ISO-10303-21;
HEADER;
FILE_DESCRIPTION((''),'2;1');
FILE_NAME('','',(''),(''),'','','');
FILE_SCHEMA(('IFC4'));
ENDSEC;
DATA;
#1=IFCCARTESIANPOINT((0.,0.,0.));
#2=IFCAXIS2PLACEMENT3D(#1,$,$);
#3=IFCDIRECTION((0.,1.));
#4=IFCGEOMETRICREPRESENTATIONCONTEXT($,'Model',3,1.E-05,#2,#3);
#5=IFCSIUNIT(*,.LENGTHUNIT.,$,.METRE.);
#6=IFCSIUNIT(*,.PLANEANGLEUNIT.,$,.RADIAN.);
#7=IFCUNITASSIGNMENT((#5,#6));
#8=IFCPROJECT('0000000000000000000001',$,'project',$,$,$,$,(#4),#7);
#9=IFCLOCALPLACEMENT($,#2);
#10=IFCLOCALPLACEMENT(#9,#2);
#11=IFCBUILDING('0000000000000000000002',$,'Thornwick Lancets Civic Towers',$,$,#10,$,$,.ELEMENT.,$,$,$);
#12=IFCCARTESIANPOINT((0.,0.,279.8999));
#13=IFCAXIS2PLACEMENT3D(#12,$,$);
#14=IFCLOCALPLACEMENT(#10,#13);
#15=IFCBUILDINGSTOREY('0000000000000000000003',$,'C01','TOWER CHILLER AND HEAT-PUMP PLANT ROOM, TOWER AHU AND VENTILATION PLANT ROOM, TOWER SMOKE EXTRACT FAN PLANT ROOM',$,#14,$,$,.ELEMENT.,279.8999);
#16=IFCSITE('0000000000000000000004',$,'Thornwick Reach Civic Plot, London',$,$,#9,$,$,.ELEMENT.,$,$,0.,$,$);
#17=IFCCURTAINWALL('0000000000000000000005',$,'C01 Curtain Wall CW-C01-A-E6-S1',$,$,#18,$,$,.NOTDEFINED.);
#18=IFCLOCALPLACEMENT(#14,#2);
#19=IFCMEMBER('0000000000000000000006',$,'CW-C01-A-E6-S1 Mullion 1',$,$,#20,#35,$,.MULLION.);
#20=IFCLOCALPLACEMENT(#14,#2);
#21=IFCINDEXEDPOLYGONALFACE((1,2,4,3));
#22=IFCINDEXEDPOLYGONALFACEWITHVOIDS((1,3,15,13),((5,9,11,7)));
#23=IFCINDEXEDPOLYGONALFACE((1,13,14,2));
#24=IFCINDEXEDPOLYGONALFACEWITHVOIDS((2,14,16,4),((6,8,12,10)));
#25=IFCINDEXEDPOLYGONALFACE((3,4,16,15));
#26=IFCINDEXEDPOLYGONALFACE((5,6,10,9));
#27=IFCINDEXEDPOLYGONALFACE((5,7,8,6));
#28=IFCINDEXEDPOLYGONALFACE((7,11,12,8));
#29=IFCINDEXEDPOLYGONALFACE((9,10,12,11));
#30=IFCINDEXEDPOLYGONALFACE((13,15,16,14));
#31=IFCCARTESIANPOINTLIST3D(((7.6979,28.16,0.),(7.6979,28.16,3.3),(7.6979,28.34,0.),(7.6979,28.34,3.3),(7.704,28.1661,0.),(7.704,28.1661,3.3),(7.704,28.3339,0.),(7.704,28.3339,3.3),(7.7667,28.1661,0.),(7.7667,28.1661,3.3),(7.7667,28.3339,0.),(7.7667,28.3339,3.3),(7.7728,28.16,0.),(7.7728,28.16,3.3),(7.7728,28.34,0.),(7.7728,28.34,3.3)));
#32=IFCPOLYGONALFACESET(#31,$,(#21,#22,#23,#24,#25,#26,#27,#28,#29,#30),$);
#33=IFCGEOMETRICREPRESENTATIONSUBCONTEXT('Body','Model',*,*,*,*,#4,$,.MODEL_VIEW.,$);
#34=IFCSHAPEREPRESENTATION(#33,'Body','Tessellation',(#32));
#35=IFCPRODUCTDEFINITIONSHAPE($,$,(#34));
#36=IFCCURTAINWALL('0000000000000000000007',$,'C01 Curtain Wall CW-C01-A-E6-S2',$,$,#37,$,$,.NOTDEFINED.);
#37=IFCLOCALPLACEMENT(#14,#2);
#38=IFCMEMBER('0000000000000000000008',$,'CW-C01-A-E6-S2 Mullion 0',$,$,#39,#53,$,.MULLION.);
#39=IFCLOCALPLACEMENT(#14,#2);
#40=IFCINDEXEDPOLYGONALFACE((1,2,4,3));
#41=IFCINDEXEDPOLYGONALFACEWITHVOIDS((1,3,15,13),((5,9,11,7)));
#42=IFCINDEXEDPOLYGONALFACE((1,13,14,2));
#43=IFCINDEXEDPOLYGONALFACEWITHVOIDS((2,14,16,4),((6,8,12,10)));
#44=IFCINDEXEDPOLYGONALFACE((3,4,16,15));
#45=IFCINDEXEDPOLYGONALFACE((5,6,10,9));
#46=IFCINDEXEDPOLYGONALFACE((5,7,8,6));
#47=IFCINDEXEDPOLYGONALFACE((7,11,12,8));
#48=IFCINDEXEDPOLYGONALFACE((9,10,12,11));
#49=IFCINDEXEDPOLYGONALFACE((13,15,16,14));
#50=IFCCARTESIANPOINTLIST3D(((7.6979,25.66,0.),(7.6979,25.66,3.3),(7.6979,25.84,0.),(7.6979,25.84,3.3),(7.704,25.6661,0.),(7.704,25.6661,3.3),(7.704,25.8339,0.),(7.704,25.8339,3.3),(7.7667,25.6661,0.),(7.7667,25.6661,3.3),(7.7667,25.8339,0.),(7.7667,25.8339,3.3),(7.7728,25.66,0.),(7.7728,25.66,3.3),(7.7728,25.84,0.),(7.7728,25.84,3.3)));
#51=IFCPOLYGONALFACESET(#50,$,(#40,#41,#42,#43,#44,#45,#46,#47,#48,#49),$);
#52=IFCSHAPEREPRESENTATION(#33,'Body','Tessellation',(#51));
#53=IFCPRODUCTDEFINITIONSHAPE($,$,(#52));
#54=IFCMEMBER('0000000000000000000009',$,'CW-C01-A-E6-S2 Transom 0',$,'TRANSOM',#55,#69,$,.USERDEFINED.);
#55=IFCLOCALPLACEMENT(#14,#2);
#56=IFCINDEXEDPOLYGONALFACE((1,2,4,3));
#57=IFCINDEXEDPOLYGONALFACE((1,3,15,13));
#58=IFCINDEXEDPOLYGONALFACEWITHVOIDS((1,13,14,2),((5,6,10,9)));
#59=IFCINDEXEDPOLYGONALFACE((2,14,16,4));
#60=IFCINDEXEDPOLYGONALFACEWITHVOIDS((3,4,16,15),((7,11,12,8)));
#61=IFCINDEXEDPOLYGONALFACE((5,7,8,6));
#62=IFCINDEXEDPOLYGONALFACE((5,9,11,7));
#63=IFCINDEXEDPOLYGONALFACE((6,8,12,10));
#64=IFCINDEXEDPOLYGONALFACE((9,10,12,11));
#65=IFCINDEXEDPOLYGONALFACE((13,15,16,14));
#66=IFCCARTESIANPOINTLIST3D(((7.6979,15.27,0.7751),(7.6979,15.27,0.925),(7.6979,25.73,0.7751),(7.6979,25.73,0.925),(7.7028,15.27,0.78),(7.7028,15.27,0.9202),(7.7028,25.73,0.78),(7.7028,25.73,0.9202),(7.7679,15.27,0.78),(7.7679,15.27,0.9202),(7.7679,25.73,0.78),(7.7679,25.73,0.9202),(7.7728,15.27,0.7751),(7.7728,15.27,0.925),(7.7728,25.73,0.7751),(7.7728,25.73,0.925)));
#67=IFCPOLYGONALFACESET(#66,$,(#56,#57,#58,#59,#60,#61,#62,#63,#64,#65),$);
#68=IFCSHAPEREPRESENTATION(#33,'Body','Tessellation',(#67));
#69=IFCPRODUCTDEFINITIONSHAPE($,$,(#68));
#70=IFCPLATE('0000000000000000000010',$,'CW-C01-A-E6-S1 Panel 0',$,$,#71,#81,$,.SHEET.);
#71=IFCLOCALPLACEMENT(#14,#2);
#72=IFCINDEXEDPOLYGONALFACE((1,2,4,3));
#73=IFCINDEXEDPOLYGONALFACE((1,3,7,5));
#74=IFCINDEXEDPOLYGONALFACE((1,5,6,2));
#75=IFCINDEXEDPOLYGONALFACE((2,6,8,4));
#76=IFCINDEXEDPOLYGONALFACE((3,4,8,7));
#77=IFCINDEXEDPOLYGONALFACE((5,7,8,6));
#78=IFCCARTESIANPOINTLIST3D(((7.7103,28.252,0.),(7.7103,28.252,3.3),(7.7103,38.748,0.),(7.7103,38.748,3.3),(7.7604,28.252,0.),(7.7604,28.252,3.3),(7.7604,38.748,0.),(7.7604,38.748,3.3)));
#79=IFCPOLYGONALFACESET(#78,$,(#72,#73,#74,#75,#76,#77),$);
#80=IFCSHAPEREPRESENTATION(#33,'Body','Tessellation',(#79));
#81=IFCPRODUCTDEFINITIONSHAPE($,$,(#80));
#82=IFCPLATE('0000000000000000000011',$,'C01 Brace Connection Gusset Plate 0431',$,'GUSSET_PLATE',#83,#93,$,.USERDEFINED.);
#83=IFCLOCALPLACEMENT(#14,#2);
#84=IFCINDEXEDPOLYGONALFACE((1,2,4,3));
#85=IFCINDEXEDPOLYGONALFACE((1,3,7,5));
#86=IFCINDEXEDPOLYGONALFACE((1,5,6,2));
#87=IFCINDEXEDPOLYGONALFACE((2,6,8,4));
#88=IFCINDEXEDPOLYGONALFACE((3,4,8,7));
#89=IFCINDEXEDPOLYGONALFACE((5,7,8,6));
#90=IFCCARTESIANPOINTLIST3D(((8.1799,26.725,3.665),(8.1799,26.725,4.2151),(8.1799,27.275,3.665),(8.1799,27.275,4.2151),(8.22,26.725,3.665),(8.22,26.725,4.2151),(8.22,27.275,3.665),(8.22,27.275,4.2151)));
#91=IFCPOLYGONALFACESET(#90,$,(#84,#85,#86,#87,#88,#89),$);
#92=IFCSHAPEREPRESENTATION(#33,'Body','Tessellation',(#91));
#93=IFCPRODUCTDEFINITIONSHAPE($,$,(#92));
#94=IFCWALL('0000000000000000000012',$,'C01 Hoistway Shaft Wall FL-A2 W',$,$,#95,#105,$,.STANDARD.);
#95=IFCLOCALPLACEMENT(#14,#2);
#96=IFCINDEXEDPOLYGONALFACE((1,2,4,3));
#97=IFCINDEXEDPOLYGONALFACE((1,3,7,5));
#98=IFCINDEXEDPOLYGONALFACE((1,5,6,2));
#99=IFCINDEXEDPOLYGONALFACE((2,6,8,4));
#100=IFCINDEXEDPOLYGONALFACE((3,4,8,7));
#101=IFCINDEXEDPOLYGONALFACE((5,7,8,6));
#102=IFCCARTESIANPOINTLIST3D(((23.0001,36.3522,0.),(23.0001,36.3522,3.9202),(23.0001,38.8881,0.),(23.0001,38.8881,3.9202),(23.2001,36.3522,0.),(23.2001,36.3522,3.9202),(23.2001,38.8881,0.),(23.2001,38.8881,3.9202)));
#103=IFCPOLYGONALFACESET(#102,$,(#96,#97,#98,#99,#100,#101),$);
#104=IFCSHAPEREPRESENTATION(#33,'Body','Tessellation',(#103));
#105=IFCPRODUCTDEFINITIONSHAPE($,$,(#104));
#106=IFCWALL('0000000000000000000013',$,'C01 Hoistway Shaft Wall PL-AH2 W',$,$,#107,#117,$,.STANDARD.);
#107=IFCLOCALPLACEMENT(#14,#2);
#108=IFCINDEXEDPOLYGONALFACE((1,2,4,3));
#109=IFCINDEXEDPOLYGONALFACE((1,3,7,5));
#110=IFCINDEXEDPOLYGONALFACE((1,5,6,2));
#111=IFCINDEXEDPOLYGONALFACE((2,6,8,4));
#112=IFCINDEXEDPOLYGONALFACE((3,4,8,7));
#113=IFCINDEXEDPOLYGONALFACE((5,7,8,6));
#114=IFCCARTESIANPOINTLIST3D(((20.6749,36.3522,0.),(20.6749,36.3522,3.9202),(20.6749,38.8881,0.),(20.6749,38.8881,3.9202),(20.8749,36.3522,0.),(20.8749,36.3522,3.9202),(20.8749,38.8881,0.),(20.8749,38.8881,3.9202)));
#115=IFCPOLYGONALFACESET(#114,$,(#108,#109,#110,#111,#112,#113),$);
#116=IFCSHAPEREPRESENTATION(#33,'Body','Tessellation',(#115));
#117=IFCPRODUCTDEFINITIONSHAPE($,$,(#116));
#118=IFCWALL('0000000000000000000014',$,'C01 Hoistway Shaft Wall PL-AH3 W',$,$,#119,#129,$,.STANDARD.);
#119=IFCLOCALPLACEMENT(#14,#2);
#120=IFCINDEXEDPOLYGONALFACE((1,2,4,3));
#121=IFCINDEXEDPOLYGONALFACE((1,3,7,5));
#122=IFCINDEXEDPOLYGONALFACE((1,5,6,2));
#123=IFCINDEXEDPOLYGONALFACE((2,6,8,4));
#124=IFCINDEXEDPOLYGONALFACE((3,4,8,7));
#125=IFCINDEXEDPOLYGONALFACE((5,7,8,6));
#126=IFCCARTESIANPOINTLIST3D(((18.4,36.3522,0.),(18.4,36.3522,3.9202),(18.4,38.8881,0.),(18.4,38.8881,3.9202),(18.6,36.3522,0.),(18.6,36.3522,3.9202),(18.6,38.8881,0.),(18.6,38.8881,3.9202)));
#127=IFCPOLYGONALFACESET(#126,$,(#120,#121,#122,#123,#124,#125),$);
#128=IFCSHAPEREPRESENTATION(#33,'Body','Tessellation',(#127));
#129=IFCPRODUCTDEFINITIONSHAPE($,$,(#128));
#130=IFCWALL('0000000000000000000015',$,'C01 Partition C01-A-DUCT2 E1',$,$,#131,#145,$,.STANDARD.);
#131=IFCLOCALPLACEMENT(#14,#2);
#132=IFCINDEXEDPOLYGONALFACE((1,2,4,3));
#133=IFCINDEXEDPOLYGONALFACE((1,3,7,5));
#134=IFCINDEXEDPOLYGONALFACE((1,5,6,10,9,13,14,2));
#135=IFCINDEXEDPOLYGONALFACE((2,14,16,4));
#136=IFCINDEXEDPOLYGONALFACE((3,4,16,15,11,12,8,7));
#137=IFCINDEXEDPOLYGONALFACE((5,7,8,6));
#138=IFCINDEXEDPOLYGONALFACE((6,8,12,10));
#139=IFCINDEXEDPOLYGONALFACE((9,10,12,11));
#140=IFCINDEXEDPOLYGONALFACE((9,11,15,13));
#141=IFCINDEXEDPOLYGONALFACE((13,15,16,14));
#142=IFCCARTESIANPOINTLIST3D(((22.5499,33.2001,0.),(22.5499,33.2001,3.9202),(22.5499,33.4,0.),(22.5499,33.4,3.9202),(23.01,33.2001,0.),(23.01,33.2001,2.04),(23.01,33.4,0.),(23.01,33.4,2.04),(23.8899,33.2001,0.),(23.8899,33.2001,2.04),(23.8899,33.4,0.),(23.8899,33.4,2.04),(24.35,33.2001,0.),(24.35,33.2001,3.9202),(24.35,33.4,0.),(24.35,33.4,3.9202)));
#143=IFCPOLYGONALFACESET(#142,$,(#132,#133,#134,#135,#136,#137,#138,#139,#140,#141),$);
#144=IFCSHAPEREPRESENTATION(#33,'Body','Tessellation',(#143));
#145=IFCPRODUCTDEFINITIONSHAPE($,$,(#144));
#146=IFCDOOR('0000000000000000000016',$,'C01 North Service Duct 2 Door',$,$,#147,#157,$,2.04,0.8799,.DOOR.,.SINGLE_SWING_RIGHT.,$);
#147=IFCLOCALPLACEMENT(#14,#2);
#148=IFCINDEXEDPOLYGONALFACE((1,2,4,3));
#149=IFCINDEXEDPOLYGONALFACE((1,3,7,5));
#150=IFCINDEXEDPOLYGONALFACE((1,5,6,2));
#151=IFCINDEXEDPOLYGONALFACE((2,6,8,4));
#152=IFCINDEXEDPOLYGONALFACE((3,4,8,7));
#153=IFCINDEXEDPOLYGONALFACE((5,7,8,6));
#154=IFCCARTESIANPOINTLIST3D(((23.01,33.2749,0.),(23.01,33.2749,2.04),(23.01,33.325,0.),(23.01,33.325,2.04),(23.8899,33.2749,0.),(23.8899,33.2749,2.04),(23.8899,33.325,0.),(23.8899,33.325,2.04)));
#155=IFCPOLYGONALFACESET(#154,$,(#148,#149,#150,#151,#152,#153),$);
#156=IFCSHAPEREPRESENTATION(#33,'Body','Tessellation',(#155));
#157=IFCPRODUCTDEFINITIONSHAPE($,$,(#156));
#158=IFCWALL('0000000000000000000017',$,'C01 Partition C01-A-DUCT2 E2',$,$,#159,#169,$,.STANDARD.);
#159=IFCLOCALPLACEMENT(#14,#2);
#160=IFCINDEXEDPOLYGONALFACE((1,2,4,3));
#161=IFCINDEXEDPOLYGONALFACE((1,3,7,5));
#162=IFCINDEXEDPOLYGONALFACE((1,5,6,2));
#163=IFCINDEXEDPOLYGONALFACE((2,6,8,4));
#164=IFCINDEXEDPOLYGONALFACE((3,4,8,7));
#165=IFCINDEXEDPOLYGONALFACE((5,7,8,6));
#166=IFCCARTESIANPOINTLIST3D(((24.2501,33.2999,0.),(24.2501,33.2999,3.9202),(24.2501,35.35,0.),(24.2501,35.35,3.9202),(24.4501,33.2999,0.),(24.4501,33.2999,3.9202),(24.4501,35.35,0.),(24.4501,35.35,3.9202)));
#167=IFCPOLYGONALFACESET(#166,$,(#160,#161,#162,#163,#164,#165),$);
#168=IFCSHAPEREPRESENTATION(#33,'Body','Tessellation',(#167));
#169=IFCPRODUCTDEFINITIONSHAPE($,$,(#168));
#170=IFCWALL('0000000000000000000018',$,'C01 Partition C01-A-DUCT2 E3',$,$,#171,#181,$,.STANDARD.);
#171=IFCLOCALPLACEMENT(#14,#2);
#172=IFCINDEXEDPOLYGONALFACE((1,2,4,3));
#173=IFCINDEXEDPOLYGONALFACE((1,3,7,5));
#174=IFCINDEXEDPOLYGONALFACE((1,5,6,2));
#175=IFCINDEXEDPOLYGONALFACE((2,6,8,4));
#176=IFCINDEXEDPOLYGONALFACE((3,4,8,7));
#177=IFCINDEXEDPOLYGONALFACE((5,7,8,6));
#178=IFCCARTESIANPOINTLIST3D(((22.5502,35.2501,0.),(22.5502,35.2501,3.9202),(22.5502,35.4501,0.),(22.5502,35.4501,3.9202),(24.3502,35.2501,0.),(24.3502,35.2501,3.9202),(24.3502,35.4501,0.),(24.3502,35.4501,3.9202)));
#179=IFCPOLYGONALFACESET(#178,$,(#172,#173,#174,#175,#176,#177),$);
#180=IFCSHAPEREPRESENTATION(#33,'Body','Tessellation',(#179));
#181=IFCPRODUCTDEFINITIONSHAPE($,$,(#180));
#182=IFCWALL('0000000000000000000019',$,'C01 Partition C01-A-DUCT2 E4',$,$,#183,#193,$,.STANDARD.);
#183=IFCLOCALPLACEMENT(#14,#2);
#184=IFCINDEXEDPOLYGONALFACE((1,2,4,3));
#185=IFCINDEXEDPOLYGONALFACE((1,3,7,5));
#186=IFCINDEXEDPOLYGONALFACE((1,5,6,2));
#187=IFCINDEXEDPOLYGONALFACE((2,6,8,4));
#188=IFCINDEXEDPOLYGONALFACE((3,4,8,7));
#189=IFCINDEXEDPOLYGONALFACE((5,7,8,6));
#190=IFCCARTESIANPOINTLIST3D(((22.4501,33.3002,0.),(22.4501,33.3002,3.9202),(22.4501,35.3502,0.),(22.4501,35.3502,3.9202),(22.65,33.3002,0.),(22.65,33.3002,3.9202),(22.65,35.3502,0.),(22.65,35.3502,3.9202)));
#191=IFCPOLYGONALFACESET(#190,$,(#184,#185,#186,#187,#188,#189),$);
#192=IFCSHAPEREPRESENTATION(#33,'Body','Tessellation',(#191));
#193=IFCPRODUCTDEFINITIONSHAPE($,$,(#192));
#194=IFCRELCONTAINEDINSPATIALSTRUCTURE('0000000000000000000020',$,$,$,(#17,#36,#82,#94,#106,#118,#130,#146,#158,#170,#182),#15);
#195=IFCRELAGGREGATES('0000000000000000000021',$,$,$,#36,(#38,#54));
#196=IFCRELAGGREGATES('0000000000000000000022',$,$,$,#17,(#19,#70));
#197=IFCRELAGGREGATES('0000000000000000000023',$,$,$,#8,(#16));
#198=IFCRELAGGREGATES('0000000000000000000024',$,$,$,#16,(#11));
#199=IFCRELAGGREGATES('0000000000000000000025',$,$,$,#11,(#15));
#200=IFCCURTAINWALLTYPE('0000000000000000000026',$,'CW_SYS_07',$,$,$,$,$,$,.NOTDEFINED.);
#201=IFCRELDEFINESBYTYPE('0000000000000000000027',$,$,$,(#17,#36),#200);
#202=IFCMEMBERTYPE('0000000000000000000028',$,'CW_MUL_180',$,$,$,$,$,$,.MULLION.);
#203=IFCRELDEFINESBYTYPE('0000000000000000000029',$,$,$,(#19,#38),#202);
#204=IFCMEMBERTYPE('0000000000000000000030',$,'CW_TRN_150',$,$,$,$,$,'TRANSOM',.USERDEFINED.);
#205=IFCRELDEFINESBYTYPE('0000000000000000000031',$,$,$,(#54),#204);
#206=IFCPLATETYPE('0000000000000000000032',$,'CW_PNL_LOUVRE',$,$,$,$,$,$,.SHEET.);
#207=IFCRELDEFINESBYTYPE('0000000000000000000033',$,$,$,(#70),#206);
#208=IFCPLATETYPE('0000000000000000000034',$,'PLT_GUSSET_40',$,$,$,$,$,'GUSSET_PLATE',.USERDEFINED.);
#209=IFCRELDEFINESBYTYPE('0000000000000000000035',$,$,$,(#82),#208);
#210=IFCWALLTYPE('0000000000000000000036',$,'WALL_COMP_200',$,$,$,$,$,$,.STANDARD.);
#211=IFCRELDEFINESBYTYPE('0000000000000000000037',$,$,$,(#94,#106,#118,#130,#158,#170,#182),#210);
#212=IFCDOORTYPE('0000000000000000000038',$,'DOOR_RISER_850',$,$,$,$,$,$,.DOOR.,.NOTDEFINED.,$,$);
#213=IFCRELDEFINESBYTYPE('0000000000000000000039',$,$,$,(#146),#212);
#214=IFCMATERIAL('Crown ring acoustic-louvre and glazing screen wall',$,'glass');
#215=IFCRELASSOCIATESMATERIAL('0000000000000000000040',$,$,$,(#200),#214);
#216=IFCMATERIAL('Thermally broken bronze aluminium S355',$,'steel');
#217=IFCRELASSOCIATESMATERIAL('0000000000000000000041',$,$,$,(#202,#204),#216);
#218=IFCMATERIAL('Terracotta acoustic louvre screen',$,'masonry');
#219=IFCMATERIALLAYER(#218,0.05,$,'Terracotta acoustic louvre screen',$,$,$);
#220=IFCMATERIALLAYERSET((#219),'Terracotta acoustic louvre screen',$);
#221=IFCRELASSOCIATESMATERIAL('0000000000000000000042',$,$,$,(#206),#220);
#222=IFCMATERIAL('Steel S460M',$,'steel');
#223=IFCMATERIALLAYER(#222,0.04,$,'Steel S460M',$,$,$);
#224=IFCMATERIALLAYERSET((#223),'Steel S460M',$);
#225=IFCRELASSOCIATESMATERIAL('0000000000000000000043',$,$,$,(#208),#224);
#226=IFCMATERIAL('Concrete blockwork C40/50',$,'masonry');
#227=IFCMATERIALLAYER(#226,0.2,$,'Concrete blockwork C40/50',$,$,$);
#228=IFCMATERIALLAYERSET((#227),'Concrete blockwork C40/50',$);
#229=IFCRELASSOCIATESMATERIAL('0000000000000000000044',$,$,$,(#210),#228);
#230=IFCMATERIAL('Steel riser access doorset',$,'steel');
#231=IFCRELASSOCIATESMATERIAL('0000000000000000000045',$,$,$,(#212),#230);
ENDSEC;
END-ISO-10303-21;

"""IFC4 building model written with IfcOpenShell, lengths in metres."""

from ifc_helpers import new_model, si_unit, direction, frame, frame_2d, origin, origin_2d, place, context, subcontext, project, spatial, rectangle, hollow_rectangle, extrude, material, layer, layer_set, material_profile, profile_set, type_object, element, fill, aggregate, save


model = new_model("IFC4")

# Units and contexts
model_context = context("Model", 3, precision=1e-05, world=origin(), true_north=direction((0.0, 1.0)))
body_context = subcontext(model_context, "Body", "Model", "MODEL_VIEW")
ifc_project = project(units=[si_unit("LENGTHUNIT", "METRE"), si_unit("PLANEANGLEUNIT", "RADIAN")], contexts=[model_context])

# Site, building, storey
site_placement = place(None, origin())
site = spatial("IfcSite", under=ifc_project, at=site_placement, Name="Thornwick Reach Civic Plot, London", CompositionType="ELEMENT", RefElevation=0.0)
building_placement = place(site_placement, origin())
building = spatial("IfcBuilding", under=site, at=building_placement, Name="Thornwick Lancets Civic Towers", CompositionType="ELEMENT")
storey_placement = place(building_placement, frame((0.0, 0.0, 279.8999)))
storey = spatial("IfcBuildingStorey", under=building, at=storey_placement, Name="C01", Description="TOWER CHILLER AND HEAT-PUMP PLANT ROOM, TOWER AHU AND VENTILATION PLANT ROOM, TOWER SMOKE EXTRACT FAN PLANT ROOM", CompositionType="ELEMENT", Elevation=279.8999)

# Curtain wall, member
ifc_material_1 = material(Name="Crown ring acoustic-louvre and glazing screen wall", Category="glass")
curtain_wall_type = type_object("IfcCurtainWallType", Name="CW_SYS_07", PredefinedType="NOTDEFINED", material=ifc_material_1)
curtain_wall_1_placement = place(storey_placement, origin())
curtain_wall_1 = element("IfcCurtainWall", 1, at=curtain_wall_1_placement, inside=storey, type_object=curtain_wall_type, Name="C01 Curtain Wall CW-C01-A-E6-S1", PredefinedType="NOTDEFINED")
ifc_material_2 = material(Name="Thermally broken bronze aluminium S355", Category="steel")
ifc_material_profile_1 = material_profile(ifc_material_2, hollow_rectangle(XDim=0.075, YDim=0.1799, WallThickness=0.0061, at=origin_2d()), Name="RHS 180x75x6")
ifc_profile_set_1 = profile_set([ifc_material_profile_1], Name="Thermally broken bronze aluminium S355")
member_type_1 = type_object("IfcMemberType", Name="CW_MUL_180", PredefinedType="MULLION", material=ifc_profile_set_1)
member_1_placement = place(storey_placement, frame((7.7354, 28.25, 0.0), z_axis=(0.0, 0.0, 1.0), x_axis=(1.0, 0.0, 0.0)))
member_1 = element("IfcMember", 2, at=member_1_placement, type_object=member_type_1, Name="CW-C01-A-E6-S1 Mullion 1", PredefinedType="MULLION", context=body_context, shape_type="SweptSolid", body=[
    extrude(hollow_rectangle(XDim=0.075, YDim=0.1799, WallThickness=0.0061, at=origin_2d()), origin(), (0.0, 0.0, 1.0), 3.3),
])

# Curtain wall, members
curtain_wall_2_placement = place(storey_placement, origin())
curtain_wall_2 = element("IfcCurtainWall", 3, at=curtain_wall_2_placement, inside=storey, type_object=curtain_wall_type, Name="C01 Curtain Wall CW-C01-A-E6-S2", PredefinedType="NOTDEFINED")
member_2_placement = place(storey_placement, frame((7.7354, 25.75, 0.0), z_axis=(0.0, 0.0, 1.0), x_axis=(1.0, 0.0, 0.0)))
member_2 = element("IfcMember", 4, at=member_2_placement, type_object=member_type_1, Name="CW-C01-A-E6-S2 Mullion 0", PredefinedType="MULLION", context=body_context, shape_type="SweptSolid", body=[
    extrude(hollow_rectangle(XDim=0.075, YDim=0.1799, WallThickness=0.0061, at=origin_2d()), origin(), (0.0, 0.0, 1.0), 3.3),
])
ifc_material_profile_2 = material_profile(ifc_material_2, hollow_rectangle(XDim=0.075, YDim=0.1499, WallThickness=0.0049, at=origin_2d()), Name="RHS 150x75x5")
ifc_profile_set_2 = profile_set([ifc_material_profile_2], Name="Thermally broken bronze aluminium S355")
member_type_2 = type_object("IfcMemberType", Name="CW_TRN_150", ElementType="TRANSOM", PredefinedType="USERDEFINED", material=ifc_profile_set_2)
member_3_placement = place(storey_placement, frame((7.7354, 25.73, 0.8501), z_axis=(0.0, -1.0, 0.0), x_axis=(1.0, 0.0, 0.0)))
member_3 = element("IfcMember", 5, at=member_3_placement, type_object=member_type_2, Name="CW-C01-A-E6-S2 Transom 0", ObjectType="TRANSOM", PredefinedType="USERDEFINED", context=body_context, shape_type="SweptSolid", body=[
    extrude(hollow_rectangle(XDim=0.075, YDim=0.1499, WallThickness=0.0049, at=origin_2d()), origin(), (0.0, 0.0, 1.0), 10.46),
])
aggregate(curtain_wall_2, [member_2, member_3])

# Plates
ifc_material_3 = material(Name="Terracotta acoustic louvre screen", Category="masonry")
ifc_layer_1 = layer(ifc_material_3, 0.05, Name="Terracotta acoustic louvre screen")
ifc_layer_set_1 = layer_set([ifc_layer_1], Name="Terracotta acoustic louvre screen")
plate_type_1 = type_object("IfcPlateType", Name="CW_PNL_LOUVRE", PredefinedType="SHEET", material=ifc_layer_set_1)
plate_1_placement = place(storey_placement, frame((7.7354, 33.5, 0.0), z_axis=(0.0, 0.0, 1.0), x_axis=(0.0, -1.0, 0.0)))
plate_1 = element("IfcPlate", 6, at=plate_1_placement, type_object=plate_type_1, Name="CW-C01-A-E6-S1 Panel 0", PredefinedType="SHEET", context=body_context, shape_type="SweptSolid", body=[
    extrude(rectangle(XDim=10.4961, YDim=0.05, at=origin_2d()), origin(), (0.0, 0.0, 1.0), 3.3),
])
aggregate(curtain_wall_1, [member_1, plate_1])
ifc_material_4 = material(Name="Steel S460M", Category="steel")
ifc_layer_2 = layer(ifc_material_4, 0.04, Name="Steel S460M")
ifc_layer_set_2 = layer_set([ifc_layer_2], Name="Steel S460M")
plate_type_2 = type_object("IfcPlateType", Name="PLT_GUSSET_40", ElementType="GUSSET_PLATE", PredefinedType="USERDEFINED", material=ifc_layer_set_2)
plate_2_placement = place(storey_placement, frame((8.2, 27.0, 3.665), z_axis=(0.0, 0.0, 1.0), x_axis=(0.0, 1.0, 0.0)))
element("IfcPlate", 7, at=plate_2_placement, inside=storey, type_object=plate_type_2, Name="C01 Brace Connection Gusset Plate 0431", ObjectType="GUSSET_PLATE", PredefinedType="USERDEFINED", context=body_context, shape_type="SweptSolid", body=[
    extrude(rectangle(XDim=0.55, YDim=0.04, at=origin_2d()), origin(), (0.0, 0.0, 1.0), 0.55),
])

# Walls
ifc_material_5 = material(Name="Concrete blockwork C40/50", Category="masonry")
ifc_layer_3 = layer(ifc_material_5, 0.2, Name="Concrete blockwork C40/50")
ifc_layer_set_3 = layer_set([ifc_layer_3], Name="Concrete blockwork C40/50")
wall_type_1 = type_object("IfcWallType", Name="WALL_COMP_200", PredefinedType="STANDARD", material=ifc_layer_set_3)
for number, where, z_axis, x_axis, name in (
    (8, (23.1001, 36.3521, 0.0), (0.0, 0.0, 1.0), (0.0, 1.0, 0.0), "C01 Hoistway Shaft Wall FL-A2 W"),
    (9, (20.7749, 36.3521, 0.0), (0.0, 0.0, 1.0), (0.0, 1.0, 0.0), "C01 Hoistway Shaft Wall PL-AH2 W"),
    (10, (18.5, 36.3521, 0.0), (0.0, 0.0, 1.0), (0.0, 1.0, 0.0), "C01 Hoistway Shaft Wall PL-AH3 W"),
):
    element("IfcWall", number, at=place(storey_placement, frame(where, z_axis=z_axis, x_axis=x_axis)), inside=storey, type_object=wall_type_1, Name=name, PredefinedType="STANDARD", context=body_context, shape_type="SweptSolid", body=[
        extrude(rectangle(XDim=2.5359, YDim=0.2, at=frame_2d((1.2681, 0.0))), origin(), (0.0, 0.0, 1.0), 3.9202),
    ])

# Wall, opening, door
wall_1_placement = place(storey_placement, frame((22.55, 33.3, 0.0), z_axis=(0.0, 0.0, 1.0), x_axis=(1.0, 0.0, 0.0)))
wall_1 = element("IfcWall", 11, at=wall_1_placement, inside=storey, type_object=wall_type_1, Name="C01 Partition C01-A-DUCT2 E1", PredefinedType="STANDARD", context=body_context, shape_type="SweptSolid", body=[
    extrude(rectangle(XDim=1.8, YDim=0.2, at=frame_2d((0.8999, 0.0))), origin(), (0.0, 0.0, 1.0), 3.9202),
])
opening_1_placement = place(wall_1_placement, frame((0.46, 0.0, 0.0)))
opening_1 = element("IfcOpeningElement", 12, at=opening_1_placement, cuts=wall_1, PredefinedType="OPENING", context=body_context, shape_type="SweptSolid", body=[
    extrude(rectangle(XDim=0.8799, YDim=2.04, at=frame_2d((0.4399, 1.02))), frame((0.0, 0.1099, 0.0), z_axis=(0.0, -1.0, 0.0), x_axis=(1.0, 0.0, 0.0)), (0.0, 0.0, 1.0), 0.22),
])
ifc_material_6 = material(Name="Steel riser access doorset", Category="steel")
door_type_1 = type_object("IfcDoorType", Name="DOOR_RISER_850", OperationType="NOTDEFINED", PredefinedType="DOOR", material=ifc_material_6)
door_1_placement = place(opening_1_placement, origin())
door_1 = element("IfcDoor", 13, at=door_1_placement, inside=storey, type_object=door_type_1, Name="C01 North Service Duct 2 Door", OperationType="SINGLE_SWING_RIGHT", OverallHeight=2.04, OverallWidth=0.8799, PredefinedType="DOOR", context=body_context, shape_type="SweptSolid", body=[
    extrude(rectangle(XDim=0.8799, YDim=2.04, at=frame_2d((0.4399, 1.02))), frame((0.0, 0.0249, 0.0), z_axis=(0.0, -1.0, 0.0), x_axis=(1.0, 0.0, 0.0)), (0.0, 0.0, 1.0), 0.05),
])
fill(opening_1, door_1)

# Walls
wall_2_placement = place(storey_placement, frame((24.3501, 33.3, 0.0), z_axis=(0.0, 0.0, 1.0), x_axis=(0.0, 1.0, 0.0)))
element("IfcWall", 14, at=wall_2_placement, inside=storey, type_object=wall_type_1, Name="C01 Partition C01-A-DUCT2 E2", PredefinedType="STANDARD", context=body_context, shape_type="SweptSolid", body=[
    extrude(rectangle(XDim=2.05, YDim=0.2, at=frame_2d((1.0249, 0.0))), origin(), (0.0, 0.0, 1.0), 3.9202),
])
wall_3_placement = place(storey_placement, frame((24.3501, 35.3501, 0.0), z_axis=(0.0, 0.0, 1.0), x_axis=(-1.0, 0.0, 0.0)))
element("IfcWall", 15, at=wall_3_placement, inside=storey, type_object=wall_type_1, Name="C01 Partition C01-A-DUCT2 E3", PredefinedType="STANDARD", context=body_context, shape_type="SweptSolid", body=[
    extrude(rectangle(XDim=1.8, YDim=0.2, at=frame_2d((0.8999, 0.0))), origin(), (0.0, 0.0, 1.0), 3.9202),
])
wall_4_placement = place(storey_placement, frame((22.55, 35.3501, 0.0), z_axis=(0.0, 0.0, 1.0), x_axis=(0.0, -1.0, 0.0)))
element("IfcWall", 16, at=wall_4_placement, inside=storey, type_object=wall_type_1, Name="C01 Partition C01-A-DUCT2 E4", PredefinedType="STANDARD", context=body_context, shape_type="SweptSolid", body=[
    extrude(rectangle(XDim=2.05, YDim=0.2, at=frame_2d((1.0249, 0.0))), origin(), (0.0, 0.0, 1.0), 3.9202),
])

save(model, "model.ifc")
